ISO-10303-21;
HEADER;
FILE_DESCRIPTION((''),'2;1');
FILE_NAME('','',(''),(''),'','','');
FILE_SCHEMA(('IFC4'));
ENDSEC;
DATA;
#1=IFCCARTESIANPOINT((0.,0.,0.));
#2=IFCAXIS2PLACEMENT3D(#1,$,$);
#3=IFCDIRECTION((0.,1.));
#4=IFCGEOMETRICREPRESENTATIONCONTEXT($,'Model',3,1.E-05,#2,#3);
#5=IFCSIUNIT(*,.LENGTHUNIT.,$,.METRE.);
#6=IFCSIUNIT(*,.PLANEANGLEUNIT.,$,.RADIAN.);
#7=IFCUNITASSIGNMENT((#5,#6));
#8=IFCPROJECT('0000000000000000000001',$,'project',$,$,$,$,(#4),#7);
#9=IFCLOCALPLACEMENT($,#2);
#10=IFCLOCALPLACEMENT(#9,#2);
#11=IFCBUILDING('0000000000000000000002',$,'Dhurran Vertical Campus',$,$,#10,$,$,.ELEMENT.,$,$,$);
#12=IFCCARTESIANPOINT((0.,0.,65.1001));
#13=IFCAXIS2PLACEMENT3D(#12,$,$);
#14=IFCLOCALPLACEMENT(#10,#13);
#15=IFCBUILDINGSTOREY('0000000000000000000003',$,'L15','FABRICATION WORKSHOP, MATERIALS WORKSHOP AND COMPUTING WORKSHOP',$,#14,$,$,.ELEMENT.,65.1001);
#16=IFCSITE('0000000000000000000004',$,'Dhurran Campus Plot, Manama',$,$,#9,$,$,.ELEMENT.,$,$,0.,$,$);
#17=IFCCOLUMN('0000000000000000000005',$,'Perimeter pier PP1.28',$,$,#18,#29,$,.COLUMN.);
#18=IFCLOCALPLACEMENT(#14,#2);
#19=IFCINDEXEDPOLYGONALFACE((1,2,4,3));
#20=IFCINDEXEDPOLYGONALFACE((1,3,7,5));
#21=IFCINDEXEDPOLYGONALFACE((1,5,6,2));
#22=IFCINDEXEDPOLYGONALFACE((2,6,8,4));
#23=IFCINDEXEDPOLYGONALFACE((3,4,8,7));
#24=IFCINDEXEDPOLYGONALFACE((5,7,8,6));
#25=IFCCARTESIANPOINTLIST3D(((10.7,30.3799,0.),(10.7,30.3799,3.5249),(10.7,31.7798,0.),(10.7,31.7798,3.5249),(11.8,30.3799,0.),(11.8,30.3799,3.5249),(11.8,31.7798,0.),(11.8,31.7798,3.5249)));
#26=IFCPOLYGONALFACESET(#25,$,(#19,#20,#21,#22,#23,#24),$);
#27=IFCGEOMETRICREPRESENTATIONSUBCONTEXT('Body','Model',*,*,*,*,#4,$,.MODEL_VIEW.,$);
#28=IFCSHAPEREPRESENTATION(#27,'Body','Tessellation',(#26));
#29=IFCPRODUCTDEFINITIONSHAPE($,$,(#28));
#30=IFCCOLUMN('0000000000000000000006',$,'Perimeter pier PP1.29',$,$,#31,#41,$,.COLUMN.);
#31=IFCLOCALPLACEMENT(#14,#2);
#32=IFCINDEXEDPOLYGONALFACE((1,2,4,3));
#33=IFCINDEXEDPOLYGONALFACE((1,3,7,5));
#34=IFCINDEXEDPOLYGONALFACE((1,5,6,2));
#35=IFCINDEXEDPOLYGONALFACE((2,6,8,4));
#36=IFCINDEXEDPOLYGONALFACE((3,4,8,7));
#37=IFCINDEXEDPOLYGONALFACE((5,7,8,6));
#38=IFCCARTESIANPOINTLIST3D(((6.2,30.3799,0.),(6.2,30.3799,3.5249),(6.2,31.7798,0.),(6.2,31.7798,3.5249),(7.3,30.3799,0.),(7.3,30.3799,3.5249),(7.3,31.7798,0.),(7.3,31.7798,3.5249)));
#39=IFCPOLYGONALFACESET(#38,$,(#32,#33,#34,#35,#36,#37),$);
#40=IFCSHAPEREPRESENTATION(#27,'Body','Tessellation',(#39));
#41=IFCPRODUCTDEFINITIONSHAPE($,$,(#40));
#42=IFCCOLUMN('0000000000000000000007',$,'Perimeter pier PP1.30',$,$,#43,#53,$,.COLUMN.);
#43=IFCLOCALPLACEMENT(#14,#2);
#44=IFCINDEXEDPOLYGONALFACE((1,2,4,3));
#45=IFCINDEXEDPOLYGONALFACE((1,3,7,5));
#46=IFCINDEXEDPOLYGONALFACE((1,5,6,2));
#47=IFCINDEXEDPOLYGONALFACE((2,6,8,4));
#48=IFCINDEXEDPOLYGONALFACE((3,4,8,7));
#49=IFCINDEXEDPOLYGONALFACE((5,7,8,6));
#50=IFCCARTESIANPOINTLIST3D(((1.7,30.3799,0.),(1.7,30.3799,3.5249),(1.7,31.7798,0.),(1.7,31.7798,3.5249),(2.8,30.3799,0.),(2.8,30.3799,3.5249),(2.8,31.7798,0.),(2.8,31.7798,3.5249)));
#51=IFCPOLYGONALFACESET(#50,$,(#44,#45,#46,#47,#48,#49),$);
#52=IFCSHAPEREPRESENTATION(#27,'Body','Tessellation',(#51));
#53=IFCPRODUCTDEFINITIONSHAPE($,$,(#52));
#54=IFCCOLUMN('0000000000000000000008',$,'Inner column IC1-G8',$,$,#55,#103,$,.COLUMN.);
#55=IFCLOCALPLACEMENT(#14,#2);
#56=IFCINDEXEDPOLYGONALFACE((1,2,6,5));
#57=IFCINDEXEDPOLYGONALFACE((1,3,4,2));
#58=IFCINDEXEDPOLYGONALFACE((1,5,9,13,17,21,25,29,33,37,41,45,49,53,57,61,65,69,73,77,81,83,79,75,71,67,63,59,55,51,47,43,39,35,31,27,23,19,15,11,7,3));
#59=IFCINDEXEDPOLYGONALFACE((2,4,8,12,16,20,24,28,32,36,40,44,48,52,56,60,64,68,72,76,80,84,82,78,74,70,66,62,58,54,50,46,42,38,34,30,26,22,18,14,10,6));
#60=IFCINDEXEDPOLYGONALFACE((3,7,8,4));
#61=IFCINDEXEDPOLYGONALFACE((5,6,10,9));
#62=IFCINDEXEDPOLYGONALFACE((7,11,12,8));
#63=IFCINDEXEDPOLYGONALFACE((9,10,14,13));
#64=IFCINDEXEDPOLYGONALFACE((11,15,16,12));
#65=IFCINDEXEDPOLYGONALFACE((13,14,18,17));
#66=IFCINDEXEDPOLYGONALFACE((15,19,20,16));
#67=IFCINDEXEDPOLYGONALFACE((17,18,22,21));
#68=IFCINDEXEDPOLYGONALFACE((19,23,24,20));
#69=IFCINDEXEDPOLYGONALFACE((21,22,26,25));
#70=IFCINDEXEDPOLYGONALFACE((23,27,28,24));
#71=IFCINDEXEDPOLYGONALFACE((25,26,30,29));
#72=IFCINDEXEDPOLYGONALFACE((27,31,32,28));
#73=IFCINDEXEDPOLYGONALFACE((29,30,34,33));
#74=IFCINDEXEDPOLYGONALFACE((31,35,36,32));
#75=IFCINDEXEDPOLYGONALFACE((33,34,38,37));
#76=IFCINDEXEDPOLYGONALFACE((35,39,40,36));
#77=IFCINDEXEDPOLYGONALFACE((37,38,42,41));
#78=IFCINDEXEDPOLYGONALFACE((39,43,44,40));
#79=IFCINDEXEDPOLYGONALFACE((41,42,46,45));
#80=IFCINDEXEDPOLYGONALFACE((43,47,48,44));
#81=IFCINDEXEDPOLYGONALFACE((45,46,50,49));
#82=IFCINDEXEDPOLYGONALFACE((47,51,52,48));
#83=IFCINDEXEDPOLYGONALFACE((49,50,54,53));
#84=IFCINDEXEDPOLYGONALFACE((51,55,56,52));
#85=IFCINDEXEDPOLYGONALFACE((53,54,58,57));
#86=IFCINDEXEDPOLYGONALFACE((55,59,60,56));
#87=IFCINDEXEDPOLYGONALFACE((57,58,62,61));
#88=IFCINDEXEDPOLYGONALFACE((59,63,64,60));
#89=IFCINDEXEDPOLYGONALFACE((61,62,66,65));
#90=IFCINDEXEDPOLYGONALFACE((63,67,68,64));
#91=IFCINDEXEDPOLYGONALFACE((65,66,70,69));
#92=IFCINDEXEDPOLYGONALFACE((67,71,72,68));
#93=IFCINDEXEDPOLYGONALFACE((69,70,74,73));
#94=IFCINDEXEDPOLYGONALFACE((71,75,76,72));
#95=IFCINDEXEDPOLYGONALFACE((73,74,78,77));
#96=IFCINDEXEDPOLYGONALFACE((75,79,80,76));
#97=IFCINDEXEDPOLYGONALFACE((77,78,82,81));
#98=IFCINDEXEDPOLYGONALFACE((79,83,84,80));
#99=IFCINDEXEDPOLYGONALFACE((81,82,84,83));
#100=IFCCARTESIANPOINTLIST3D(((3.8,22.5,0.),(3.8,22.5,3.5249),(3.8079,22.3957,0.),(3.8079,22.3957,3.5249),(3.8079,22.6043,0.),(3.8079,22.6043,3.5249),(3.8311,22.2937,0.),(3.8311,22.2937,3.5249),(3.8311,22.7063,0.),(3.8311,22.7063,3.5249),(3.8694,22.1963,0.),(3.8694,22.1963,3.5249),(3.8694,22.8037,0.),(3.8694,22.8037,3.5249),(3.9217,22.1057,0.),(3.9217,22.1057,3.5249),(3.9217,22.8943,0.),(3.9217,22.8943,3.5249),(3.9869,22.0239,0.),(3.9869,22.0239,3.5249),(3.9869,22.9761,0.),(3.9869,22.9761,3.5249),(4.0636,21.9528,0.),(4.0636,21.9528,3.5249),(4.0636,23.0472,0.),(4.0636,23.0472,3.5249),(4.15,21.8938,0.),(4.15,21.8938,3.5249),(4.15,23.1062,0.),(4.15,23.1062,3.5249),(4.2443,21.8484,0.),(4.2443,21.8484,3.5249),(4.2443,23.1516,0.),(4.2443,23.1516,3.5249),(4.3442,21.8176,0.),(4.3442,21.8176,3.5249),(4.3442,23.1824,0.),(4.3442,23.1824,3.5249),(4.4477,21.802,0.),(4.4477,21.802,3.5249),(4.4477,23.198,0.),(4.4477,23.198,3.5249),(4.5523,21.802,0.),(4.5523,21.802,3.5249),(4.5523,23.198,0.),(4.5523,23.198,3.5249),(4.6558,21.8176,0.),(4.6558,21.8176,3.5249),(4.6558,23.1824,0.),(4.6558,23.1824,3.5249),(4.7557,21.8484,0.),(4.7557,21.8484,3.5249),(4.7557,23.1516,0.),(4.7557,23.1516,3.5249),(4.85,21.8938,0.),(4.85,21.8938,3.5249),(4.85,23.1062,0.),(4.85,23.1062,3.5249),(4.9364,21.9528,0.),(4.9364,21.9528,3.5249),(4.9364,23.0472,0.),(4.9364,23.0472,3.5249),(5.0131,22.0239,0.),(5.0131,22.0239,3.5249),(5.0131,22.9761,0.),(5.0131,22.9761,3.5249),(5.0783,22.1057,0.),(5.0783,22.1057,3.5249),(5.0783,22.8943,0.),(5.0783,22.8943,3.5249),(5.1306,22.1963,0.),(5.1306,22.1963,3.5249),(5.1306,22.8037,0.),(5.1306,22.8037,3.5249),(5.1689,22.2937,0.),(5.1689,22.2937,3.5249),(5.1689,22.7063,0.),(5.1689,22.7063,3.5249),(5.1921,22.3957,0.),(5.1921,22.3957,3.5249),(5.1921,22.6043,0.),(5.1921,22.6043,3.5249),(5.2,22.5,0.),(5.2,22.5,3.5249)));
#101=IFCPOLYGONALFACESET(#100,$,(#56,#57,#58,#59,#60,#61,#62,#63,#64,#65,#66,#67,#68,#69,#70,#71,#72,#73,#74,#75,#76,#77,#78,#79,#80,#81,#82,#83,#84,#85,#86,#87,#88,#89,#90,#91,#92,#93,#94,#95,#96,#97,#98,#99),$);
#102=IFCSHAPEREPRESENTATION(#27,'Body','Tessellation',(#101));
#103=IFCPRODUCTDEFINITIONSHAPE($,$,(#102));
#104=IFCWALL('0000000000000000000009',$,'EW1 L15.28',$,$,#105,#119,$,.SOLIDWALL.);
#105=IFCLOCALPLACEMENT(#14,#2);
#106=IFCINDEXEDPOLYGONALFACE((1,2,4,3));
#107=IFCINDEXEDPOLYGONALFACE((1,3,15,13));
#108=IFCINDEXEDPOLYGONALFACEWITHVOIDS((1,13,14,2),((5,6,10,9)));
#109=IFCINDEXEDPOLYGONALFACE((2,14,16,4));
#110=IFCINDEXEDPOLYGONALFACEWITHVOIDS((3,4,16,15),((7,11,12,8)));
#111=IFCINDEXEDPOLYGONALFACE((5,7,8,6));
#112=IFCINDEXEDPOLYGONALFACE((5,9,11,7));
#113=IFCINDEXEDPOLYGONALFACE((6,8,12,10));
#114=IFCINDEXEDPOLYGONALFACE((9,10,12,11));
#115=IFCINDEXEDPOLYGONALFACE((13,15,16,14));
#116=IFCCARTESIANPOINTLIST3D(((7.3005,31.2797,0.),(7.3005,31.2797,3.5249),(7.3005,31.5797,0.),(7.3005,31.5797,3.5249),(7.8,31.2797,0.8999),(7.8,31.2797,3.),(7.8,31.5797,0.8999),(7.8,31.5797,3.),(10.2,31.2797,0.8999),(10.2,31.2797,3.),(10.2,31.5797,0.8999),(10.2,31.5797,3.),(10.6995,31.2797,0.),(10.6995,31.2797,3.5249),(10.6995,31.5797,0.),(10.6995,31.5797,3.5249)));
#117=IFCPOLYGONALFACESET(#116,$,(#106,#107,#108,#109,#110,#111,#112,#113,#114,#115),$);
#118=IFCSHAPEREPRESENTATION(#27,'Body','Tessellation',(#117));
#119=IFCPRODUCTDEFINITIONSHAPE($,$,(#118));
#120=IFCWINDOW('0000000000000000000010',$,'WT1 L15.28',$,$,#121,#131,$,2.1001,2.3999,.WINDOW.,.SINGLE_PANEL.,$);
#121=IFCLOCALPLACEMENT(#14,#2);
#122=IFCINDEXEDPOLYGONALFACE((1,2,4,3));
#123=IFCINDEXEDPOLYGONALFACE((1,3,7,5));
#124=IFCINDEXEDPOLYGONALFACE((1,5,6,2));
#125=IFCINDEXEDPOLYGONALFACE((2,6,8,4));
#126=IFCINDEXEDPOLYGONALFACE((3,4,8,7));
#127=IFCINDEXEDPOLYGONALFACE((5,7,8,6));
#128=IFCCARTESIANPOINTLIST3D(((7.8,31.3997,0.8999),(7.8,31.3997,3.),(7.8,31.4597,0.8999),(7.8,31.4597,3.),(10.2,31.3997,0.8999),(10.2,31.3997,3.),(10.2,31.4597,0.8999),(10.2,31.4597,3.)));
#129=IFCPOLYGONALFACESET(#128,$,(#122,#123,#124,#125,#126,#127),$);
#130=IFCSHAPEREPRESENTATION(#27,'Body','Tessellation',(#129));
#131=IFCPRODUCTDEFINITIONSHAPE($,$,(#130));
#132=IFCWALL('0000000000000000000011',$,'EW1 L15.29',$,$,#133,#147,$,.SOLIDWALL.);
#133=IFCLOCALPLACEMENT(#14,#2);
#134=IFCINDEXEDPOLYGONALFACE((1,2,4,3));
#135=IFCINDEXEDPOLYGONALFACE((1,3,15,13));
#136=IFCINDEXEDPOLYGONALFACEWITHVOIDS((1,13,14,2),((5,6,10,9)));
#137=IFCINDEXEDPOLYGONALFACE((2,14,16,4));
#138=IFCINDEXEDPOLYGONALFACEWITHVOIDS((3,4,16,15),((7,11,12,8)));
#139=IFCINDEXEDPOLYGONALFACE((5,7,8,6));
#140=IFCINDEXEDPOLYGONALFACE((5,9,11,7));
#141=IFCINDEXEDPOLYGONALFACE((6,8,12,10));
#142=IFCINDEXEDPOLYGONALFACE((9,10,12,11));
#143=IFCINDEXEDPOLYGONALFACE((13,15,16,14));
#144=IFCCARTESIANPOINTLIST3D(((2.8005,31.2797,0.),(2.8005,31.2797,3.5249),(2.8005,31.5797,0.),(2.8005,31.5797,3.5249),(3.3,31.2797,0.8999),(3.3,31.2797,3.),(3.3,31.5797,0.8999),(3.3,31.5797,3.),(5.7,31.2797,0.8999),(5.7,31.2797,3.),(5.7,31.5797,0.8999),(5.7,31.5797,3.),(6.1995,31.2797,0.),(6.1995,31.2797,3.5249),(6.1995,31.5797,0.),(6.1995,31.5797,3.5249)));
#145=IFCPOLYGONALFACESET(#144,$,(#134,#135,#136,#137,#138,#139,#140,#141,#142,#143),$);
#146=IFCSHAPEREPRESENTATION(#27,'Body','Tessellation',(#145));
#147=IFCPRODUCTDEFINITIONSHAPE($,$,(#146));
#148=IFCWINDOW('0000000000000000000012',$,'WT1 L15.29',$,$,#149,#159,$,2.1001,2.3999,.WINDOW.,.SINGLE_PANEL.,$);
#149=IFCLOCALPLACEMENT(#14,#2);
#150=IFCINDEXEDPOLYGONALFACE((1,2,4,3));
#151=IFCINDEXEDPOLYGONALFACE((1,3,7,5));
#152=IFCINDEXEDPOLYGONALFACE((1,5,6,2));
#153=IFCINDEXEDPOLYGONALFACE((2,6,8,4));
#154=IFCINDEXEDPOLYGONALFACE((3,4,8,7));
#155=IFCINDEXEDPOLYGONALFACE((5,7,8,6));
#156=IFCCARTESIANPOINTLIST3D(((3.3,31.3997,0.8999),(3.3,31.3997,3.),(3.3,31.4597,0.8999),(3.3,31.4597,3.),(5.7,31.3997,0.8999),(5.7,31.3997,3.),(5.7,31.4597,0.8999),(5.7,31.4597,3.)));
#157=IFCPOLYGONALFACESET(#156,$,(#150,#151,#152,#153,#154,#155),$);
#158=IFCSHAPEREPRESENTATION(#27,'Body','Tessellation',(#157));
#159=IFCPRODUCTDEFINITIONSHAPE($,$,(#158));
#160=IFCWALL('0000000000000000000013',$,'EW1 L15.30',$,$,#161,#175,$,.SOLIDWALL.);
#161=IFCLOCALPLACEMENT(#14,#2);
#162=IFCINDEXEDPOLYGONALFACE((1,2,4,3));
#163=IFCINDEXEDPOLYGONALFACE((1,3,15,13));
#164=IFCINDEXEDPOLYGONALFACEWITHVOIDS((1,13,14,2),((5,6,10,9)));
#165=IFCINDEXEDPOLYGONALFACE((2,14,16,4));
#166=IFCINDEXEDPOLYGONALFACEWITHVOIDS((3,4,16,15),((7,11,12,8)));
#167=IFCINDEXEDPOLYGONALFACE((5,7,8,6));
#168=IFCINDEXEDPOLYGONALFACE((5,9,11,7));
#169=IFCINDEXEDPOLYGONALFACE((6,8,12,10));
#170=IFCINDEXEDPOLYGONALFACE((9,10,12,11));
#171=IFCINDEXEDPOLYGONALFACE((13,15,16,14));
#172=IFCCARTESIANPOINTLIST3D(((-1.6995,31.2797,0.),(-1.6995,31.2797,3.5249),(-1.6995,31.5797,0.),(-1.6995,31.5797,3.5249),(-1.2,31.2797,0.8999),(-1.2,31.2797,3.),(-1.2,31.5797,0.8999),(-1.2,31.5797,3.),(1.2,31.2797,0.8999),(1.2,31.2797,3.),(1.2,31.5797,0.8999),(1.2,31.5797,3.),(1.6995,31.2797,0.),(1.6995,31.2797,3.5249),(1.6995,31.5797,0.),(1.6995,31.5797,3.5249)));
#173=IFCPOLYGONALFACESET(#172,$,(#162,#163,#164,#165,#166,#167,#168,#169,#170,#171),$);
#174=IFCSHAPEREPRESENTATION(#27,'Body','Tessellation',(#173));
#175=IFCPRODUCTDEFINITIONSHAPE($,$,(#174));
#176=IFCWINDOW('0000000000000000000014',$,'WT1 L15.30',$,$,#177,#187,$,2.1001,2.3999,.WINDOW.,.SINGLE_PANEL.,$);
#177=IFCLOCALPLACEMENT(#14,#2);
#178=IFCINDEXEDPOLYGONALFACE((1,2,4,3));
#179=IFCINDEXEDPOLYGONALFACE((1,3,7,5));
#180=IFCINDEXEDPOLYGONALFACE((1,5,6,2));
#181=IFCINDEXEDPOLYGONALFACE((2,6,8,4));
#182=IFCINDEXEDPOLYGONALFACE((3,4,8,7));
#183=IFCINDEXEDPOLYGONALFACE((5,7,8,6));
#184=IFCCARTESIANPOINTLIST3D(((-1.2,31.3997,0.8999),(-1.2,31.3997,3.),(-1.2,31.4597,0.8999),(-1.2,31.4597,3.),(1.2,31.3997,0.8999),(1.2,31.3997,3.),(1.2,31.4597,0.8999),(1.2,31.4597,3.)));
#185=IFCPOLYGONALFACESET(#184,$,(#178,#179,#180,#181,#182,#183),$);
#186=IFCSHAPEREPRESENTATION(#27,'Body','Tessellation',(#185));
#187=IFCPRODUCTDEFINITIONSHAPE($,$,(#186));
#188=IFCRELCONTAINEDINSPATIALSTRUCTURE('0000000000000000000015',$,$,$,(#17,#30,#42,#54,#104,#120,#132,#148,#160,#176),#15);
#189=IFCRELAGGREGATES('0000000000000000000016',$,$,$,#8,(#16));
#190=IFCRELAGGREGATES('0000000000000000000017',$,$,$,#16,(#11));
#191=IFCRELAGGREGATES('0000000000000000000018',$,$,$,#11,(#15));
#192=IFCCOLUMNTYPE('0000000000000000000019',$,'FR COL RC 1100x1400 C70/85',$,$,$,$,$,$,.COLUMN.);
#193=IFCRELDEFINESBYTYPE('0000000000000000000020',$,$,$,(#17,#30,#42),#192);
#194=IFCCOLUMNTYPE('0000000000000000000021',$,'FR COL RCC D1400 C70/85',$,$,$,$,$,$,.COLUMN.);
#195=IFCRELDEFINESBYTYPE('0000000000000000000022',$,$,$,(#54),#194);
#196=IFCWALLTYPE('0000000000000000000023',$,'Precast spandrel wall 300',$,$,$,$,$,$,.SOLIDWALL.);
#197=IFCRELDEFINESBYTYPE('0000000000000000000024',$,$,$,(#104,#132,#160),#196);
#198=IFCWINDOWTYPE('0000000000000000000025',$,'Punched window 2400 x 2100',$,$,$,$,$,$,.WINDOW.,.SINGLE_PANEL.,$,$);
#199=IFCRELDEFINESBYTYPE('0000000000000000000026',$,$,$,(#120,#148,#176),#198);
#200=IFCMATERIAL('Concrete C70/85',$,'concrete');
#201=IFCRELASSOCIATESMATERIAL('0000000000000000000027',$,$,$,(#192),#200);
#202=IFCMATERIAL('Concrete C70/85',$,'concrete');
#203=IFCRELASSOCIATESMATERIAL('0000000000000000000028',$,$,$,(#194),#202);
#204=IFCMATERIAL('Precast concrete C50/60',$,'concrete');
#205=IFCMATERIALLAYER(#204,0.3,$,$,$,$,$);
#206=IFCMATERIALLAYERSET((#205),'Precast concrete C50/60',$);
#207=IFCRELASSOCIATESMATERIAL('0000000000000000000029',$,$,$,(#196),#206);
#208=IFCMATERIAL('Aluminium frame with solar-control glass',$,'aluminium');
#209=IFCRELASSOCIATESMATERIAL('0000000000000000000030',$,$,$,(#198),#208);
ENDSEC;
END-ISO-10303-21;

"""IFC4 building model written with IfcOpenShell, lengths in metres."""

from ifc_helpers import new_model, si_unit, direction, frame, frame_2d, origin, origin_2d, place, context, subcontext, project, spatial, rectangle, circle, extrude, material, layer, layer_set, material_profile, profile_set, type_object, element, fill, save


model = new_model("IFC4")

# Units and contexts
model_context = context("Model", 3, precision=1e-05, world=origin(), true_north=direction((0.0, 1.0)))
body_context = subcontext(model_context, "Body", "Model", "MODEL_VIEW")
ifc_project = project(units=[si_unit("LENGTHUNIT", "METRE"), si_unit("PLANEANGLEUNIT", "RADIAN")], contexts=[model_context])

# Site, building, storey
site_placement = place(None, origin())
site = spatial("IfcSite", under=ifc_project, at=site_placement, Name="Dhurran Campus Plot, Manama", CompositionType="ELEMENT", RefElevation=0.0)
building_placement = place(site_placement, origin())
building = spatial("IfcBuilding", under=site, at=building_placement, Name="Dhurran Vertical Campus", CompositionType="ELEMENT")
storey_placement = place(building_placement, frame((0.0, 0.0, 65.1001)))
storey = spatial("IfcBuildingStorey", under=building, at=storey_placement, Name="L15", Description="FABRICATION WORKSHOP, MATERIALS WORKSHOP AND COMPUTING WORKSHOP", CompositionType="ELEMENT", Elevation=65.1001)

# Columns
ifc_material_1 = material(Name="Concrete C70/85", Category="concrete")
ifc_material_profile_1 = material_profile(ifc_material_1, rectangle(XDim=1.1001, YDim=1.3999, at=origin_2d()), Name="RC 1100x1400")
ifc_profile_set_1 = profile_set([ifc_material_profile_1], Name="Concrete C70/85")
column_type_1 = type_object("IfcColumnType", Name="FR COL RC 1100x1400 C70/85", PredefinedType="COLUMN", material=ifc_profile_set_1)
for number, where, z_axis, x_axis, name in (
    (1, (11.25, 31.0798, 0.0), (0.0, 0.0, 1.0), (-1.0, 0.0, 0.0), "Perimeter pier PP1.28"),
    (2, (6.75, 31.0798, 0.0), (0.0, 0.0, 1.0), (-1.0, 0.0, 0.0), "Perimeter pier PP1.29"),
    (3, (2.25, 31.0798, 0.0), (0.0, 0.0, 1.0), (-1.0, 0.0, 0.0), "Perimeter pier PP1.30"),
):
    element("IfcColumn", number, at=place(storey_placement, frame(where, z_axis=z_axis, x_axis=x_axis)), inside=storey, type_object=column_type_1, Name=name, PredefinedType="COLUMN", context=body_context, shape_type="SweptSolid", body=[
        extrude(rectangle(XDim=1.1001, YDim=1.3999, at=origin_2d()), origin(), (0.0, 0.0, 1.0), 3.5249),
    ])
ifc_material_2 = material(Name="Concrete C70/85", Category="concrete")
ifc_material_profile_2 = material_profile(ifc_material_2, circle(Radius=0.7, at=origin_2d()), Name="RCC D1400")
ifc_profile_set_2 = profile_set([ifc_material_profile_2], Name="Concrete C70/85")
column_type_2 = type_object("IfcColumnType", Name="FR COL RCC D1400 C70/85", PredefinedType="COLUMN", material=ifc_profile_set_2)
column_placement = place(storey_placement, frame((4.5, 22.5, 0.0), z_axis=(0.0, 0.0, 1.0), x_axis=(1.0, 0.0, 0.0)))
element("IfcColumn", 4, at=column_placement, inside=storey, type_object=column_type_2, Name="Inner column IC1-G8", PredefinedType="COLUMN", context=body_context, shape_type="SweptSolid", body=[
    extrude(circle(Radius=0.7, at=origin_2d()), origin(), (0.0, 0.0, 1.0), 3.5249),
])

# Walls, openings, windows
ifc_material_3 = material(Name="Precast concrete C50/60", Category="concrete")
ifc_layer_1 = layer(ifc_material_3, 0.3)
ifc_layer_set_1 = layer_set([ifc_layer_1], Name="Precast concrete C50/60")
wall_type_1 = type_object("IfcWallType", Name="Precast spandrel wall 300", PredefinedType="SOLIDWALL", material=ifc_layer_set_1)
wall_1_placement = place(storey_placement, frame((10.6995, 31.4297, 0.0), z_axis=(0.0, 0.0, 1.0), x_axis=(-1.0, 0.0, 0.0)))
wall_1 = element("IfcWall", 5, at=wall_1_placement, inside=storey, type_object=wall_type_1, Name="EW1 L15.28", PredefinedType="SOLIDWALL", context=body_context, shape_type="SweptSolid", body=[
    extrude(rectangle(XDim=3.3989, YDim=0.3, at=frame_2d((1.6995, 0.0))), origin(), (0.0, 0.0, 1.0), 3.5249),
])
opening_1_placement = place(wall_1_placement, frame((0.4995, 0.0, 0.8999)))
opening_1 = element("IfcOpeningElement", 6, at=opening_1_placement, cuts=wall_1, PredefinedType="OPENING", context=body_context, shape_type="SweptSolid", body=[
    extrude(rectangle(XDim=2.3999, YDim=2.1001, at=frame_2d((1.2, 1.05))), frame((0.0, 0.1599, 0.0), z_axis=(0.0, -1.0, 0.0), x_axis=(1.0, 0.0, 0.0)), (0.0, 0.0, 1.0), 0.3201),
])
ifc_material_4 = material(Name="Aluminium frame with solar-control glass", Category="aluminium")
window_type = type_object("IfcWindowType", Name="Punched window 2400 x 2100", PartitioningType="SINGLE_PANEL", PredefinedType="WINDOW", material=ifc_material_4)
window_1_placement = place(opening_1_placement, origin())
window_1 = element("IfcWindow", 7, at=window_1_placement, inside=storey, type_object=window_type, Name="WT1 L15.28", OverallHeight=2.1001, OverallWidth=2.3999, PartitioningType="SINGLE_PANEL", PredefinedType="WINDOW", context=body_context, shape_type="SweptSolid", body=[
    extrude(rectangle(XDim=2.3999, YDim=2.1001, at=frame_2d((1.2, 1.05))), frame((0.0, 0.03, 0.0), z_axis=(0.0, -1.0, 0.0), x_axis=(1.0, 0.0, 0.0)), (0.0, 0.0, 1.0), 0.0601),
])
fill(opening_1, window_1)
wall_2_placement = place(storey_placement, frame((6.1995, 31.4297, 0.0), z_axis=(0.0, 0.0, 1.0), x_axis=(-1.0, 0.0, 0.0)))
wall_2 = element("IfcWall", 8, at=wall_2_placement, inside=storey, type_object=wall_type_1, Name="EW1 L15.29", PredefinedType="SOLIDWALL", context=body_context, shape_type="SweptSolid", body=[
    extrude(rectangle(XDim=3.3989, YDim=0.3, at=frame_2d((1.6995, 0.0))), origin(), (0.0, 0.0, 1.0), 3.5249),
])
opening_2_placement = place(wall_2_placement, frame((0.4995, 0.0, 0.8999)))
opening_2 = element("IfcOpeningElement", 9, at=opening_2_placement, cuts=wall_2, PredefinedType="OPENING", context=body_context, shape_type="SweptSolid", body=[
    extrude(rectangle(XDim=2.3999, YDim=2.1001, at=frame_2d((1.2, 1.05))), frame((0.0, 0.1599, 0.0), z_axis=(0.0, -1.0, 0.0), x_axis=(1.0, 0.0, 0.0)), (0.0, 0.0, 1.0), 0.3201),
])
window_2_placement = place(opening_2_placement, origin())
window_2 = element("IfcWindow", 10, at=window_2_placement, inside=storey, type_object=window_type, Name="WT1 L15.29", OverallHeight=2.1001, OverallWidth=2.3999, PartitioningType="SINGLE_PANEL", PredefinedType="WINDOW", context=body_context, shape_type="SweptSolid", body=[
    extrude(rectangle(XDim=2.3999, YDim=2.1001, at=frame_2d((1.2, 1.05))), frame((0.0, 0.03, 0.0), z_axis=(0.0, -1.0, 0.0), x_axis=(1.0, 0.0, 0.0)), (0.0, 0.0, 1.0), 0.0601),
])
fill(opening_2, window_2)
wall_3_placement = place(storey_placement, frame((1.6995, 31.4297, 0.0), z_axis=(0.0, 0.0, 1.0), x_axis=(-1.0, 0.0, 0.0)))
wall_3 = element("IfcWall", 11, at=wall_3_placement, inside=storey, type_object=wall_type_1, Name="EW1 L15.30", PredefinedType="SOLIDWALL", context=body_context, shape_type="SweptSolid", body=[
    extrude(rectangle(XDim=3.3989, YDim=0.3, at=frame_2d((1.6995, 0.0))), origin(), (0.0, 0.0, 1.0), 3.5249),
])
opening_3_placement = place(wall_3_placement, frame((0.4995, 0.0, 0.8999)))
opening_3 = element("IfcOpeningElement", 12, at=opening_3_placement, cuts=wall_3, PredefinedType="OPENING", context=body_context, shape_type="SweptSolid", body=[
    extrude(rectangle(XDim=2.3999, YDim=2.1001, at=frame_2d((1.2, 1.05))), frame((0.0, 0.1599, 0.0), z_axis=(0.0, -1.0, 0.0), x_axis=(1.0, 0.0, 0.0)), (0.0, 0.0, 1.0), 0.3201),
])
window_3_placement = place(opening_3_placement, origin())
window_3 = element("IfcWindow", 13, at=window_3_placement, inside=storey, type_object=window_type, Name="WT1 L15.30", OverallHeight=2.1001, OverallWidth=2.3999, PartitioningType="SINGLE_PANEL", PredefinedType="WINDOW", context=body_context, shape_type="SweptSolid", body=[
    extrude(rectangle(XDim=2.3999, YDim=2.1001, at=frame_2d((1.2, 1.05))), frame((0.0, 0.03, 0.0), z_axis=(0.0, -1.0, 0.0), x_axis=(1.0, 0.0, 0.0)), (0.0, 0.0, 1.0), 0.0601),
])
fill(opening_3, window_3)

save(model, "model.ifc")
